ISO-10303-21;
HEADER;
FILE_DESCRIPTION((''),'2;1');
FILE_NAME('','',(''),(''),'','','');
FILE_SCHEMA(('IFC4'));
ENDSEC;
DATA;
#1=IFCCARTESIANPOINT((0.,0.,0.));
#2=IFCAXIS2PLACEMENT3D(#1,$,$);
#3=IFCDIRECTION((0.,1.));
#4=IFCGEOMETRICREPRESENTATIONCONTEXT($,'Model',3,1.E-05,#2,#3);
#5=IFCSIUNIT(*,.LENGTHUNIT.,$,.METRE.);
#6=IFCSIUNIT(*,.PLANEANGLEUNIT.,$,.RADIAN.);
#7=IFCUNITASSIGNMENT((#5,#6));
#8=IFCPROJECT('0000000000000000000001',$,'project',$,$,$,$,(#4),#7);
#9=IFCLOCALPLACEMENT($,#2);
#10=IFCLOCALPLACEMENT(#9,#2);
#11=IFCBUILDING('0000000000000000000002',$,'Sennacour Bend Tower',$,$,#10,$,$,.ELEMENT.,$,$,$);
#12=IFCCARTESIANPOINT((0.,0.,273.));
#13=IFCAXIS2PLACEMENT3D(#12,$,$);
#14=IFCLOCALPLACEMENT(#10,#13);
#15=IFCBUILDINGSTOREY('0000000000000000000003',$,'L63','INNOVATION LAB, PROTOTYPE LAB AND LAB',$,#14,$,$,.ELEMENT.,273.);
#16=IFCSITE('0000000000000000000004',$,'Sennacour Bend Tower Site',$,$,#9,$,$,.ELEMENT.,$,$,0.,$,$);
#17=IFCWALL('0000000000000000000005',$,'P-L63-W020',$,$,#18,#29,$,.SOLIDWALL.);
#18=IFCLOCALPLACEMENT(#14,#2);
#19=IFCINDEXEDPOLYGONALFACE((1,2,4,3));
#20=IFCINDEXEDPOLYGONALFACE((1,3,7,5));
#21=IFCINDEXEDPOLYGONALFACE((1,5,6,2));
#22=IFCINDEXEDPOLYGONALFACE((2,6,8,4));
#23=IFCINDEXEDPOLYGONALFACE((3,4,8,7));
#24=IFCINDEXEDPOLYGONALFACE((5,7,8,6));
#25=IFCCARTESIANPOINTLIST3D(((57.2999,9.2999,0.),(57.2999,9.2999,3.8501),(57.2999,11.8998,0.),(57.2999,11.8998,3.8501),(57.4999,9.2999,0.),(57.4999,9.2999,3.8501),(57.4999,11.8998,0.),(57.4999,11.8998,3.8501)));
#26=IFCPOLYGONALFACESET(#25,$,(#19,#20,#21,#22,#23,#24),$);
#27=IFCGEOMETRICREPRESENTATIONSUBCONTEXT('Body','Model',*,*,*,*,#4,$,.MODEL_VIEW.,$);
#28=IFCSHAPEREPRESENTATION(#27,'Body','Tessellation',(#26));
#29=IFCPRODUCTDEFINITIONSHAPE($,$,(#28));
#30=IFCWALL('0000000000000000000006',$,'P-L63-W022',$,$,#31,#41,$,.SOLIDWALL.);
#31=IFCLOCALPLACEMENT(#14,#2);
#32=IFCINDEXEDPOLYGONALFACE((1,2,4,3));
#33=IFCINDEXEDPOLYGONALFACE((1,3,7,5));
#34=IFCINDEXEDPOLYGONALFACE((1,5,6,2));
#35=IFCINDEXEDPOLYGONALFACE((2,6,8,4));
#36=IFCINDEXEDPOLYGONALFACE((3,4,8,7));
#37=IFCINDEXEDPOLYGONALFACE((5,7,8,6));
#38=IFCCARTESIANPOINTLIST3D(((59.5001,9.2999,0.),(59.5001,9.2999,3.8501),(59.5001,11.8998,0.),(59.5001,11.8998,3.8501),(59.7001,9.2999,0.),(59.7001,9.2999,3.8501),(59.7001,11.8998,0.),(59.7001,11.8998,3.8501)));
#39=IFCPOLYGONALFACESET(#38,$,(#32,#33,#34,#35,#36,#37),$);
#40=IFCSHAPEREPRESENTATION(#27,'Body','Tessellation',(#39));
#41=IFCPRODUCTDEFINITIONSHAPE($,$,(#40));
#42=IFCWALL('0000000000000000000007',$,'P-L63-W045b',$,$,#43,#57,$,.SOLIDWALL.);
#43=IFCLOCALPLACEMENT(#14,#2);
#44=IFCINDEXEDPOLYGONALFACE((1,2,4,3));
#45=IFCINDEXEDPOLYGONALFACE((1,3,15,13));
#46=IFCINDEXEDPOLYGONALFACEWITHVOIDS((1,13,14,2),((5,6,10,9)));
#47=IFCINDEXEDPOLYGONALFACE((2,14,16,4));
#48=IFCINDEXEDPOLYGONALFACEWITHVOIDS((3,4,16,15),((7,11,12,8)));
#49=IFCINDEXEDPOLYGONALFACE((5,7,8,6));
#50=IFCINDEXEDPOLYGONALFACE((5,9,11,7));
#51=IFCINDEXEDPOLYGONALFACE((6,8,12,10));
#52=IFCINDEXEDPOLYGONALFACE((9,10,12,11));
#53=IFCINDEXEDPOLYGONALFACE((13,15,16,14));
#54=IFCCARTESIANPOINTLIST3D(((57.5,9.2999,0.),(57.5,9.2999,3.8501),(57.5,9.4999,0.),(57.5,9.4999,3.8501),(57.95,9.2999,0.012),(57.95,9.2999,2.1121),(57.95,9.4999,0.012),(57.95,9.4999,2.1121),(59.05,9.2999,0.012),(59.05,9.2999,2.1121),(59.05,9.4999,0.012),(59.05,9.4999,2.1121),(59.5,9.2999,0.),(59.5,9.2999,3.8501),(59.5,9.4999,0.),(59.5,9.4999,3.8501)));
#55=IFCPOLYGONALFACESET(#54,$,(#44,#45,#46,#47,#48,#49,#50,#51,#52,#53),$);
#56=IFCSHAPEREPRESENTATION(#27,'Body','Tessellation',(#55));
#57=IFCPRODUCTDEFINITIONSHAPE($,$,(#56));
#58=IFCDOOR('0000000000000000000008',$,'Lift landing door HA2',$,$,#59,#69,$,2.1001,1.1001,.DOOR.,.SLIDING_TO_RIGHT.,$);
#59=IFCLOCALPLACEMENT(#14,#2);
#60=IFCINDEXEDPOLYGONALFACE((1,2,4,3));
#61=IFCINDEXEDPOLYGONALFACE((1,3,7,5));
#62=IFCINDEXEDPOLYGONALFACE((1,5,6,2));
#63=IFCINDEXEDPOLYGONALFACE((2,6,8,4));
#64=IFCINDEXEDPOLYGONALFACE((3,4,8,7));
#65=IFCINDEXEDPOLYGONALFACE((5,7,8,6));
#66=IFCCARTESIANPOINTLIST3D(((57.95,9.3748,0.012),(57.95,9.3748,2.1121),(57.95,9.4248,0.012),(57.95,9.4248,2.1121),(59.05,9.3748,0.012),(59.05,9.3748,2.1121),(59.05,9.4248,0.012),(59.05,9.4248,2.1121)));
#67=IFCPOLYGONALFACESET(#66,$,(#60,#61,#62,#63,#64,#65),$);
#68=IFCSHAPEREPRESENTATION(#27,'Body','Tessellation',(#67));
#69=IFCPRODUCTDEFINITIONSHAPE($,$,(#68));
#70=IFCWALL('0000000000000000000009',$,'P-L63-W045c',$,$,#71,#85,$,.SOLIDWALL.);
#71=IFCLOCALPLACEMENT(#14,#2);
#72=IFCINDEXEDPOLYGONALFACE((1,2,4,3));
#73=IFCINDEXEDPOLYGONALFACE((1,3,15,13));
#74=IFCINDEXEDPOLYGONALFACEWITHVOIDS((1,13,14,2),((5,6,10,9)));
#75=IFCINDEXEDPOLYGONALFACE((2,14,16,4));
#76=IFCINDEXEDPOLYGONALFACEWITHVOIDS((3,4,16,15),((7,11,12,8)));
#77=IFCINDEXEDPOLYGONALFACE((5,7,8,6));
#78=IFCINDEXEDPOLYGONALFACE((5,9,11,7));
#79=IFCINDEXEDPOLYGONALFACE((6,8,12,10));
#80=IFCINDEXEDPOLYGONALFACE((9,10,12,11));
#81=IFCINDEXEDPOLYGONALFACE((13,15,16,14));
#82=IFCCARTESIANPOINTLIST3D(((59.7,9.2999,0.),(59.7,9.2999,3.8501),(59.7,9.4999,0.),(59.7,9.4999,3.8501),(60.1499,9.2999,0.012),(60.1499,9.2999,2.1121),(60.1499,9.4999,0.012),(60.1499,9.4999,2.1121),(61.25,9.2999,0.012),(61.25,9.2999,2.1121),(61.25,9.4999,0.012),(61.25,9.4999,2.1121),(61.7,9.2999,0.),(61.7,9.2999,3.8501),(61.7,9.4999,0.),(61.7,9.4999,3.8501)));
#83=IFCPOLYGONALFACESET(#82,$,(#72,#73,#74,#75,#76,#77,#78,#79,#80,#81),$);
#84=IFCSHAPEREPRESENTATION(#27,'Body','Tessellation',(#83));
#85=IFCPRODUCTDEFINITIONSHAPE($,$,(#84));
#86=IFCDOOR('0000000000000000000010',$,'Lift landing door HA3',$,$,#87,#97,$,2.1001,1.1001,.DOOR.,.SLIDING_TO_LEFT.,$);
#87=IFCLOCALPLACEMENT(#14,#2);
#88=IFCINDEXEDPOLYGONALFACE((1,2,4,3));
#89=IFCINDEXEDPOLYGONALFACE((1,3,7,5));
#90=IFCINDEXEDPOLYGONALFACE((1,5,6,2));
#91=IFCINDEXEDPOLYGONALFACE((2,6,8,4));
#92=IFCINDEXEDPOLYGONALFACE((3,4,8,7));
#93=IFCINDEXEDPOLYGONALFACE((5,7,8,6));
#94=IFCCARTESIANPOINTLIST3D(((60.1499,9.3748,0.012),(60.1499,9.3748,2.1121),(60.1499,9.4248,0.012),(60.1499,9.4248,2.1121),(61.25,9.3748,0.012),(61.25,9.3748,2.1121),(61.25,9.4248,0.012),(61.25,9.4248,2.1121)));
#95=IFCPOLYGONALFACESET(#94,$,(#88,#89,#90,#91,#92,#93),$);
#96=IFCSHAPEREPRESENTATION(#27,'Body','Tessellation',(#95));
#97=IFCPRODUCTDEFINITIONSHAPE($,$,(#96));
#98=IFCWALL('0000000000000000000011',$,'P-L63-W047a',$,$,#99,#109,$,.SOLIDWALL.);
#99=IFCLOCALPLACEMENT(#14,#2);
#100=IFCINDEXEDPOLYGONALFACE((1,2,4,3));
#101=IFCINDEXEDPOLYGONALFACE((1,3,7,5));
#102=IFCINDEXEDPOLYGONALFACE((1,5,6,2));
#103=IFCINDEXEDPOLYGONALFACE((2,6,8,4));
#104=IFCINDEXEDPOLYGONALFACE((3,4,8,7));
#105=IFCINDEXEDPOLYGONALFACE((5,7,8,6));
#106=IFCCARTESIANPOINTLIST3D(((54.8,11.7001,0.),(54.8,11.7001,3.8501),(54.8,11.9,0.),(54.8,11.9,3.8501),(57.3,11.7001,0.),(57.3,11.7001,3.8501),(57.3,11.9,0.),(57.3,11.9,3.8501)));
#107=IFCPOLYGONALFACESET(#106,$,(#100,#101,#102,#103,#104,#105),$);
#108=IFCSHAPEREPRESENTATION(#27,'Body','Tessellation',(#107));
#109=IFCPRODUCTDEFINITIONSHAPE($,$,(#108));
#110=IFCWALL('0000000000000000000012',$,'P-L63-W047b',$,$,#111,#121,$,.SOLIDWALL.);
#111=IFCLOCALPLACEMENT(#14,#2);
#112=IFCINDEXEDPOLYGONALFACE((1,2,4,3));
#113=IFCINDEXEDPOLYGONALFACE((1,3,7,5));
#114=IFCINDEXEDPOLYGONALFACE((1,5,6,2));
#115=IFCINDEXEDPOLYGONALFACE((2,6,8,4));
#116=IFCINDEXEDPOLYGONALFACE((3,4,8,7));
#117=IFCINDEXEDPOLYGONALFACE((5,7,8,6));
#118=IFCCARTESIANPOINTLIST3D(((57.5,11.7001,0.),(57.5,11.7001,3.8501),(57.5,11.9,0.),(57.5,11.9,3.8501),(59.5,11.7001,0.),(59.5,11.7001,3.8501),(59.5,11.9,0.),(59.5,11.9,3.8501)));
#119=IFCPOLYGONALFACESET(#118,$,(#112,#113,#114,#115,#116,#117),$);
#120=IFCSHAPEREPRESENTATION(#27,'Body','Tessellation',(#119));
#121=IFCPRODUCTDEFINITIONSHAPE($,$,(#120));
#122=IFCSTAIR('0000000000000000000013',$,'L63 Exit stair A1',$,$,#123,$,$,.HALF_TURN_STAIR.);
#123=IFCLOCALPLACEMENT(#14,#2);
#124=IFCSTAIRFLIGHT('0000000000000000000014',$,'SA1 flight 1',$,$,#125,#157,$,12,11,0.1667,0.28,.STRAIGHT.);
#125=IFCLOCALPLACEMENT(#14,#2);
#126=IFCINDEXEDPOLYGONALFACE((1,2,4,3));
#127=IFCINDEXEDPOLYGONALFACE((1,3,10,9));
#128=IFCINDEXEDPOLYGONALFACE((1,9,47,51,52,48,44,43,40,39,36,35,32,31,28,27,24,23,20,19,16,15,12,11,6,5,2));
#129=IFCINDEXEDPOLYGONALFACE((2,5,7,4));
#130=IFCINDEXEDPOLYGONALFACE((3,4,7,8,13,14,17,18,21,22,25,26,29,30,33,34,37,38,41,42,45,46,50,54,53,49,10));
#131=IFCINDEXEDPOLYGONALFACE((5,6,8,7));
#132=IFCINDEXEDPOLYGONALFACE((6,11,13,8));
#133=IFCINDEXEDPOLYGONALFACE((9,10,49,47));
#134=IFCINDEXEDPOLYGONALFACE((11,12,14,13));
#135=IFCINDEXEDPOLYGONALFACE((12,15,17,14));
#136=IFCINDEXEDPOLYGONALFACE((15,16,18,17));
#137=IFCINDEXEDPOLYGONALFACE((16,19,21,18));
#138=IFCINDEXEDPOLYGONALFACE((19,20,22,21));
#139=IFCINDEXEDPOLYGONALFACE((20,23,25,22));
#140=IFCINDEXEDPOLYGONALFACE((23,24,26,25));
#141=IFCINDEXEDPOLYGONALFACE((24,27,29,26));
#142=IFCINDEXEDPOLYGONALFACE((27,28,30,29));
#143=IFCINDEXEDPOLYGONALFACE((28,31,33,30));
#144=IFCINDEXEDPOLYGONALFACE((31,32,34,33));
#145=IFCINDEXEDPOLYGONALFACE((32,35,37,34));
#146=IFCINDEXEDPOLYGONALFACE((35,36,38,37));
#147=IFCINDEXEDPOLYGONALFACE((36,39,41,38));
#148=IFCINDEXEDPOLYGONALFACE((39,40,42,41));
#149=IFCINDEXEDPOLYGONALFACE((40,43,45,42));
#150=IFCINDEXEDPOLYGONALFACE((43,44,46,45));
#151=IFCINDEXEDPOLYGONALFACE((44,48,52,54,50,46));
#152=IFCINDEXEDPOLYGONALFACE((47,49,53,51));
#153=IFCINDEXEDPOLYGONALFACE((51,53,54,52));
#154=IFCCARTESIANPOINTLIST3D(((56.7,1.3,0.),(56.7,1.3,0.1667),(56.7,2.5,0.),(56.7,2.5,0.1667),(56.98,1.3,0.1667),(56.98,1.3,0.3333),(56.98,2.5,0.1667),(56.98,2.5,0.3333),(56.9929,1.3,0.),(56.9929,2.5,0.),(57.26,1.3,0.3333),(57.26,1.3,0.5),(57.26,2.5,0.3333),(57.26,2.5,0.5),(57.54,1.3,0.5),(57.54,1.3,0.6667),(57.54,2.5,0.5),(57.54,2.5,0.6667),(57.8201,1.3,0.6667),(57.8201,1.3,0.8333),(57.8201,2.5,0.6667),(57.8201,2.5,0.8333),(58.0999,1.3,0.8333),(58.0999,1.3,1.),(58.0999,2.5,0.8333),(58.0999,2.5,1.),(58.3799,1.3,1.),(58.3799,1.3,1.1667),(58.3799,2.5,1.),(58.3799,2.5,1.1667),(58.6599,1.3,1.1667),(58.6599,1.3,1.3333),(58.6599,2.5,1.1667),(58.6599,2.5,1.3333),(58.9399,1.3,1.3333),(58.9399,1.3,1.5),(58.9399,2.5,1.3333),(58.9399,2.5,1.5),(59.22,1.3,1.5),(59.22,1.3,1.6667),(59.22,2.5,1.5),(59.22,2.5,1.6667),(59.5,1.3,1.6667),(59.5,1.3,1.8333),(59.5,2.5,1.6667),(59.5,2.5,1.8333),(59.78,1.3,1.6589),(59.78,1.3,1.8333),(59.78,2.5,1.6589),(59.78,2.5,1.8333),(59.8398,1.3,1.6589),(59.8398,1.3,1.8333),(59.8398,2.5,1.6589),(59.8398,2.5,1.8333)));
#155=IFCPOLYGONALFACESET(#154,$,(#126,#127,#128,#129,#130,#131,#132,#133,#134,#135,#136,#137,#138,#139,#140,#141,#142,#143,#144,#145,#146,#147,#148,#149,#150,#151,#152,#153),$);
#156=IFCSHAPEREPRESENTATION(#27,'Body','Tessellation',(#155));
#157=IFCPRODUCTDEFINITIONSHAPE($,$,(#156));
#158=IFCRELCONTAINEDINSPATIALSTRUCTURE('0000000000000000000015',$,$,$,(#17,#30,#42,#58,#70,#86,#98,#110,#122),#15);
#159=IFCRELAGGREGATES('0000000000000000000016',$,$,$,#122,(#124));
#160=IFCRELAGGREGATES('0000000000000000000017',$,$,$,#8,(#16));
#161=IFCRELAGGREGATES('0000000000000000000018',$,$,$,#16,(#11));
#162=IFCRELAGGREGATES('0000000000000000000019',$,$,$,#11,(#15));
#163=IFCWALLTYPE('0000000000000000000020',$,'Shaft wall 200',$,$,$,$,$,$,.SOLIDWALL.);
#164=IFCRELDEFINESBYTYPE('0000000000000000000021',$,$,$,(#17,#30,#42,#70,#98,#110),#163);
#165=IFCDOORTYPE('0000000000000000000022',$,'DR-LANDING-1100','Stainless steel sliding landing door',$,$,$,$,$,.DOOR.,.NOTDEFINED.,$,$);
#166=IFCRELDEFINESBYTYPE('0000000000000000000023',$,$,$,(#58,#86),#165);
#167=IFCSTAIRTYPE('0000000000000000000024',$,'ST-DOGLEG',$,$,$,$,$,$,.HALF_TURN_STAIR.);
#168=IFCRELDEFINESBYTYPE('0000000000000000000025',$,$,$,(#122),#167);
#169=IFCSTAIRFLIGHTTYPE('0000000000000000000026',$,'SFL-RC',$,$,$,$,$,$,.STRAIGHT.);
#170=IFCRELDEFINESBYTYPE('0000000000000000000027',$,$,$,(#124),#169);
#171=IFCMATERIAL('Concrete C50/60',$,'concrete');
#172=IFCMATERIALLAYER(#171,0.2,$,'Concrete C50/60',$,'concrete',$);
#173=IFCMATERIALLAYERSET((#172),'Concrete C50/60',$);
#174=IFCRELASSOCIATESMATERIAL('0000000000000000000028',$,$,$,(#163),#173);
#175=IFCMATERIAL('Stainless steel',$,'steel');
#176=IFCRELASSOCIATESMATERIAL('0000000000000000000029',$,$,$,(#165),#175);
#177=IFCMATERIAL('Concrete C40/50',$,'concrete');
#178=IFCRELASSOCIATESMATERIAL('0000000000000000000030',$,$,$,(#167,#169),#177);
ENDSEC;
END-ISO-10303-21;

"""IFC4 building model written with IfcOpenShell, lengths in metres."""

from ifc_helpers import new_model, si_unit, direction, frame, frame_2d, origin, place, context, subcontext, project, spatial, polyline, rectangle, outline, extrude, material, layer, layer_set, type_object, element, fill, aggregate, save


model = new_model("IFC4")

# Units and contexts
model_context = context("Model", 3, precision=1e-05, world=origin(), true_north=direction((0.0, 1.0)))
body_context = subcontext(model_context, "Body", "Model", "MODEL_VIEW")
ifc_project = project(units=[si_unit("LENGTHUNIT", "METRE"), si_unit("PLANEANGLEUNIT", "RADIAN")], contexts=[model_context])

# Site, building, storey
site_placement = place(None, origin())
site = spatial("IfcSite", under=ifc_project, at=site_placement, Name="Sennacour Bend Tower Site", CompositionType="ELEMENT", RefElevation=0.0)
building_placement = place(site_placement, origin())
building = spatial("IfcBuilding", under=site, at=building_placement, Name="Sennacour Bend Tower", CompositionType="ELEMENT")
storey_placement = place(building_placement, frame((0.0, 0.0, 273.0)))
storey = spatial("IfcBuildingStorey", under=building, at=storey_placement, Name="L63", Description="INNOVATION LAB, PROTOTYPE LAB AND LAB", CompositionType="ELEMENT", Elevation=273.0)

# Walls
ifc_material_1 = material(Name="Concrete C50/60", Category="concrete")
ifc_layer = layer(ifc_material_1, 0.2, Name="Concrete C50/60", Category="concrete")
ifc_layer_set = layer_set([ifc_layer], Name="Concrete C50/60")
wall_type = type_object("IfcWallType", Name="Shaft wall 200", PredefinedType="SOLIDWALL", material=ifc_layer_set)
for number, where, z_axis, x_axis, name in (
    (1, (57.3999, 9.3, 0.0), (0.0, 0.0, 1.0), (0.0, 1.0, 0.0), "P-L63-W020"),
    (2, (59.6001, 9.3, 0.0), (0.0, 0.0, 1.0), (0.0, 1.0, 0.0), "P-L63-W022"),
):
    element("IfcWall", number, at=place(storey_placement, frame(where, z_axis=z_axis, x_axis=x_axis)), inside=storey, type_object=wall_type, Name=name, PredefinedType="SOLIDWALL", context=body_context, shape_type="SweptSolid", body=[
        extrude(rectangle(XDim=2.5999, YDim=0.2, at=frame_2d((1.2998, 0.0))), origin(), (0.0, 0.0, 1.0), 3.8501),
    ])

# Walls, openings, doors
wall_1_placement = place(storey_placement, frame((57.5, 9.3999, 0.0), z_axis=(0.0, 0.0, 1.0), x_axis=(1.0, 0.0, 0.0)))
wall_1 = element("IfcWall", 3, at=wall_1_placement, inside=storey, type_object=wall_type, Name="P-L63-W045b", PredefinedType="SOLIDWALL", context=body_context, shape_type="SweptSolid", body=[
    extrude(rectangle(XDim=2.0, YDim=0.2, at=frame_2d((1.0, 0.0))), origin(), (0.0, 0.0, 1.0), 3.8501),
])
opening_1_placement = place(wall_1_placement, frame((0.45, 0.0, 0.012)))
opening_1 = element("IfcOpeningElement", 4, at=opening_1_placement, cuts=wall_1, PredefinedType="OPENING", context=body_context, shape_type="SweptSolid", body=[
    extrude(rectangle(XDim=1.1001, YDim=2.1001, at=frame_2d((0.55, 1.05))), frame((0.0, 0.1099, 0.0), z_axis=(0.0, -1.0, 0.0), x_axis=(1.0, 0.0, 0.0)), (0.0, 0.0, 1.0), 0.22),
])
ifc_material_2 = material(Name="Stainless steel", Category="steel")
door_type = type_object("IfcDoorType", Name="DR-LANDING-1100", Description="Stainless steel sliding landing door", OperationType="NOTDEFINED", PredefinedType="DOOR", material=ifc_material_2)
door_1_placement = place(opening_1_placement, origin())
door_1 = element("IfcDoor", 5, at=door_1_placement, inside=storey, type_object=door_type, Name="Lift landing door HA2", OperationType="SLIDING_TO_RIGHT", OverallHeight=2.1001, OverallWidth=1.1001, PredefinedType="DOOR", context=body_context, shape_type="SweptSolid", body=[
    extrude(rectangle(XDim=1.1001, YDim=2.1001, at=frame_2d((0.55, 1.05))), frame((0.0, 0.0249, 0.0), z_axis=(0.0, -1.0, 0.0), x_axis=(1.0, 0.0, 0.0)), (0.0, 0.0, 1.0), 0.05),
])
fill(opening_1, door_1)
wall_2_placement = place(storey_placement, frame((59.7, 9.3999, 0.0), z_axis=(0.0, 0.0, 1.0), x_axis=(1.0, 0.0, 0.0)))
wall_2 = element("IfcWall", 6, at=wall_2_placement, inside=storey, type_object=wall_type, Name="P-L63-W045c", PredefinedType="SOLIDWALL", context=body_context, shape_type="SweptSolid", body=[
    extrude(rectangle(XDim=2.0, YDim=0.2, at=frame_2d((1.0, 0.0))), origin(), (0.0, 0.0, 1.0), 3.8501),
])
opening_2_placement = place(wall_2_placement, frame((0.45, 0.0, 0.012)))
opening_2 = element("IfcOpeningElement", 7, at=opening_2_placement, cuts=wall_2, PredefinedType="OPENING", context=body_context, shape_type="SweptSolid", body=[
    extrude(rectangle(XDim=1.1001, YDim=2.1001, at=frame_2d((0.55, 1.05))), frame((0.0, 0.1099, 0.0), z_axis=(0.0, -1.0, 0.0), x_axis=(1.0, 0.0, 0.0)), (0.0, 0.0, 1.0), 0.22),
])
door_2_placement = place(opening_2_placement, origin())
door_2 = element("IfcDoor", 8, at=door_2_placement, inside=storey, type_object=door_type, Name="Lift landing door HA3", OperationType="SLIDING_TO_LEFT", OverallHeight=2.1001, OverallWidth=1.1001, PredefinedType="DOOR", context=body_context, shape_type="SweptSolid", body=[
    extrude(rectangle(XDim=1.1001, YDim=2.1001, at=frame_2d((0.55, 1.05))), frame((0.0, 0.0249, 0.0), z_axis=(0.0, -1.0, 0.0), x_axis=(1.0, 0.0, 0.0)), (0.0, 0.0, 1.0), 0.05),
])
fill(opening_2, door_2)

# Walls
wall_3_placement = place(storey_placement, frame((54.8, 11.8, 0.0), z_axis=(0.0, 0.0, 1.0), x_axis=(1.0, 0.0, 0.0)))
element("IfcWall", 9, at=wall_3_placement, inside=storey, type_object=wall_type, Name="P-L63-W047a", PredefinedType="SOLIDWALL", context=body_context, shape_type="SweptSolid", body=[
    extrude(rectangle(XDim=2.5, YDim=0.2, at=frame_2d((1.25, 0.0))), origin(), (0.0, 0.0, 1.0), 3.8501),
])
wall_4_placement = place(storey_placement, frame((57.5, 11.8, 0.0), z_axis=(0.0, 0.0, 1.0), x_axis=(1.0, 0.0, 0.0)))
element("IfcWall", 10, at=wall_4_placement, inside=storey, type_object=wall_type, Name="P-L63-W047b", PredefinedType="SOLIDWALL", context=body_context, shape_type="SweptSolid", body=[
    extrude(rectangle(XDim=2.0, YDim=0.2, at=frame_2d((1.0, 0.0))), origin(), (0.0, 0.0, 1.0), 3.8501),
])

# Stair, stair flight
ifc_material_3 = material(Name="Concrete C40/50", Category="concrete")
stair_type = type_object("IfcStairType", Name="ST-DOGLEG", PredefinedType="HALF_TURN_STAIR", material=ifc_material_3)
stair_placement = place(storey_placement, origin())
stair = element("IfcStair", 11, at=stair_placement, inside=storey, type_object=stair_type, Name="L63 Exit stair A1", PredefinedType="HALF_TURN_STAIR")
stair_flight_type = type_object("IfcStairFlightType", Name="SFL-RC", PredefinedType="STRAIGHT", material=ifc_material_3)
stair_flight_placement = place(storey_placement, frame((56.7, 1.8999, 0.0), z_axis=(0.0, 0.0, 1.0), x_axis=(1.0, 0.0, 0.0)))
stair_flight = element("IfcStairFlight", 12, at=stair_flight_placement, type_object=stair_flight_type, Name="SA1 flight 1", NumberOfRisers=12, NumberOfTreads=11, PredefinedType="STRAIGHT", RiserHeight=0.1667, TreadLength=0.28, context=body_context, shape_type="SweptSolid", body=[
    extrude(outline(polyline([(0.0, 0.0), (0.0, 0.1667), (0.28, 0.1667), (0.28, 0.3333), (0.5601, 0.3333), (0.5601, 0.5), (0.8401, 0.5), (0.8401, 0.6667), (1.1201, 0.6667), (1.1201, 0.8333), (1.3999, 0.8333), (1.3999, 1.0), (1.6799, 1.0), (1.6799, 1.1667), (1.96, 1.1667), (1.96, 1.3333), (2.24, 1.3333), (2.24, 1.5), (2.52, 1.5), (2.52, 1.6667), (2.8, 1.6667), (2.8, 1.8333), (3.0801, 1.8333), (3.1399, 1.8333), (3.1399, 1.6589), (3.0801, 1.6589), (0.293, 0.0), (0.0, 0.0)])), frame((0.0, 0.6001, 0.0), z_axis=(0.0, -1.0, 0.0), x_axis=(1.0, 0.0, 0.0)), (0.0, 0.0, 1.0), 1.2),
])
aggregate(stair, [stair_flight])

save(model, "model.ifc")
